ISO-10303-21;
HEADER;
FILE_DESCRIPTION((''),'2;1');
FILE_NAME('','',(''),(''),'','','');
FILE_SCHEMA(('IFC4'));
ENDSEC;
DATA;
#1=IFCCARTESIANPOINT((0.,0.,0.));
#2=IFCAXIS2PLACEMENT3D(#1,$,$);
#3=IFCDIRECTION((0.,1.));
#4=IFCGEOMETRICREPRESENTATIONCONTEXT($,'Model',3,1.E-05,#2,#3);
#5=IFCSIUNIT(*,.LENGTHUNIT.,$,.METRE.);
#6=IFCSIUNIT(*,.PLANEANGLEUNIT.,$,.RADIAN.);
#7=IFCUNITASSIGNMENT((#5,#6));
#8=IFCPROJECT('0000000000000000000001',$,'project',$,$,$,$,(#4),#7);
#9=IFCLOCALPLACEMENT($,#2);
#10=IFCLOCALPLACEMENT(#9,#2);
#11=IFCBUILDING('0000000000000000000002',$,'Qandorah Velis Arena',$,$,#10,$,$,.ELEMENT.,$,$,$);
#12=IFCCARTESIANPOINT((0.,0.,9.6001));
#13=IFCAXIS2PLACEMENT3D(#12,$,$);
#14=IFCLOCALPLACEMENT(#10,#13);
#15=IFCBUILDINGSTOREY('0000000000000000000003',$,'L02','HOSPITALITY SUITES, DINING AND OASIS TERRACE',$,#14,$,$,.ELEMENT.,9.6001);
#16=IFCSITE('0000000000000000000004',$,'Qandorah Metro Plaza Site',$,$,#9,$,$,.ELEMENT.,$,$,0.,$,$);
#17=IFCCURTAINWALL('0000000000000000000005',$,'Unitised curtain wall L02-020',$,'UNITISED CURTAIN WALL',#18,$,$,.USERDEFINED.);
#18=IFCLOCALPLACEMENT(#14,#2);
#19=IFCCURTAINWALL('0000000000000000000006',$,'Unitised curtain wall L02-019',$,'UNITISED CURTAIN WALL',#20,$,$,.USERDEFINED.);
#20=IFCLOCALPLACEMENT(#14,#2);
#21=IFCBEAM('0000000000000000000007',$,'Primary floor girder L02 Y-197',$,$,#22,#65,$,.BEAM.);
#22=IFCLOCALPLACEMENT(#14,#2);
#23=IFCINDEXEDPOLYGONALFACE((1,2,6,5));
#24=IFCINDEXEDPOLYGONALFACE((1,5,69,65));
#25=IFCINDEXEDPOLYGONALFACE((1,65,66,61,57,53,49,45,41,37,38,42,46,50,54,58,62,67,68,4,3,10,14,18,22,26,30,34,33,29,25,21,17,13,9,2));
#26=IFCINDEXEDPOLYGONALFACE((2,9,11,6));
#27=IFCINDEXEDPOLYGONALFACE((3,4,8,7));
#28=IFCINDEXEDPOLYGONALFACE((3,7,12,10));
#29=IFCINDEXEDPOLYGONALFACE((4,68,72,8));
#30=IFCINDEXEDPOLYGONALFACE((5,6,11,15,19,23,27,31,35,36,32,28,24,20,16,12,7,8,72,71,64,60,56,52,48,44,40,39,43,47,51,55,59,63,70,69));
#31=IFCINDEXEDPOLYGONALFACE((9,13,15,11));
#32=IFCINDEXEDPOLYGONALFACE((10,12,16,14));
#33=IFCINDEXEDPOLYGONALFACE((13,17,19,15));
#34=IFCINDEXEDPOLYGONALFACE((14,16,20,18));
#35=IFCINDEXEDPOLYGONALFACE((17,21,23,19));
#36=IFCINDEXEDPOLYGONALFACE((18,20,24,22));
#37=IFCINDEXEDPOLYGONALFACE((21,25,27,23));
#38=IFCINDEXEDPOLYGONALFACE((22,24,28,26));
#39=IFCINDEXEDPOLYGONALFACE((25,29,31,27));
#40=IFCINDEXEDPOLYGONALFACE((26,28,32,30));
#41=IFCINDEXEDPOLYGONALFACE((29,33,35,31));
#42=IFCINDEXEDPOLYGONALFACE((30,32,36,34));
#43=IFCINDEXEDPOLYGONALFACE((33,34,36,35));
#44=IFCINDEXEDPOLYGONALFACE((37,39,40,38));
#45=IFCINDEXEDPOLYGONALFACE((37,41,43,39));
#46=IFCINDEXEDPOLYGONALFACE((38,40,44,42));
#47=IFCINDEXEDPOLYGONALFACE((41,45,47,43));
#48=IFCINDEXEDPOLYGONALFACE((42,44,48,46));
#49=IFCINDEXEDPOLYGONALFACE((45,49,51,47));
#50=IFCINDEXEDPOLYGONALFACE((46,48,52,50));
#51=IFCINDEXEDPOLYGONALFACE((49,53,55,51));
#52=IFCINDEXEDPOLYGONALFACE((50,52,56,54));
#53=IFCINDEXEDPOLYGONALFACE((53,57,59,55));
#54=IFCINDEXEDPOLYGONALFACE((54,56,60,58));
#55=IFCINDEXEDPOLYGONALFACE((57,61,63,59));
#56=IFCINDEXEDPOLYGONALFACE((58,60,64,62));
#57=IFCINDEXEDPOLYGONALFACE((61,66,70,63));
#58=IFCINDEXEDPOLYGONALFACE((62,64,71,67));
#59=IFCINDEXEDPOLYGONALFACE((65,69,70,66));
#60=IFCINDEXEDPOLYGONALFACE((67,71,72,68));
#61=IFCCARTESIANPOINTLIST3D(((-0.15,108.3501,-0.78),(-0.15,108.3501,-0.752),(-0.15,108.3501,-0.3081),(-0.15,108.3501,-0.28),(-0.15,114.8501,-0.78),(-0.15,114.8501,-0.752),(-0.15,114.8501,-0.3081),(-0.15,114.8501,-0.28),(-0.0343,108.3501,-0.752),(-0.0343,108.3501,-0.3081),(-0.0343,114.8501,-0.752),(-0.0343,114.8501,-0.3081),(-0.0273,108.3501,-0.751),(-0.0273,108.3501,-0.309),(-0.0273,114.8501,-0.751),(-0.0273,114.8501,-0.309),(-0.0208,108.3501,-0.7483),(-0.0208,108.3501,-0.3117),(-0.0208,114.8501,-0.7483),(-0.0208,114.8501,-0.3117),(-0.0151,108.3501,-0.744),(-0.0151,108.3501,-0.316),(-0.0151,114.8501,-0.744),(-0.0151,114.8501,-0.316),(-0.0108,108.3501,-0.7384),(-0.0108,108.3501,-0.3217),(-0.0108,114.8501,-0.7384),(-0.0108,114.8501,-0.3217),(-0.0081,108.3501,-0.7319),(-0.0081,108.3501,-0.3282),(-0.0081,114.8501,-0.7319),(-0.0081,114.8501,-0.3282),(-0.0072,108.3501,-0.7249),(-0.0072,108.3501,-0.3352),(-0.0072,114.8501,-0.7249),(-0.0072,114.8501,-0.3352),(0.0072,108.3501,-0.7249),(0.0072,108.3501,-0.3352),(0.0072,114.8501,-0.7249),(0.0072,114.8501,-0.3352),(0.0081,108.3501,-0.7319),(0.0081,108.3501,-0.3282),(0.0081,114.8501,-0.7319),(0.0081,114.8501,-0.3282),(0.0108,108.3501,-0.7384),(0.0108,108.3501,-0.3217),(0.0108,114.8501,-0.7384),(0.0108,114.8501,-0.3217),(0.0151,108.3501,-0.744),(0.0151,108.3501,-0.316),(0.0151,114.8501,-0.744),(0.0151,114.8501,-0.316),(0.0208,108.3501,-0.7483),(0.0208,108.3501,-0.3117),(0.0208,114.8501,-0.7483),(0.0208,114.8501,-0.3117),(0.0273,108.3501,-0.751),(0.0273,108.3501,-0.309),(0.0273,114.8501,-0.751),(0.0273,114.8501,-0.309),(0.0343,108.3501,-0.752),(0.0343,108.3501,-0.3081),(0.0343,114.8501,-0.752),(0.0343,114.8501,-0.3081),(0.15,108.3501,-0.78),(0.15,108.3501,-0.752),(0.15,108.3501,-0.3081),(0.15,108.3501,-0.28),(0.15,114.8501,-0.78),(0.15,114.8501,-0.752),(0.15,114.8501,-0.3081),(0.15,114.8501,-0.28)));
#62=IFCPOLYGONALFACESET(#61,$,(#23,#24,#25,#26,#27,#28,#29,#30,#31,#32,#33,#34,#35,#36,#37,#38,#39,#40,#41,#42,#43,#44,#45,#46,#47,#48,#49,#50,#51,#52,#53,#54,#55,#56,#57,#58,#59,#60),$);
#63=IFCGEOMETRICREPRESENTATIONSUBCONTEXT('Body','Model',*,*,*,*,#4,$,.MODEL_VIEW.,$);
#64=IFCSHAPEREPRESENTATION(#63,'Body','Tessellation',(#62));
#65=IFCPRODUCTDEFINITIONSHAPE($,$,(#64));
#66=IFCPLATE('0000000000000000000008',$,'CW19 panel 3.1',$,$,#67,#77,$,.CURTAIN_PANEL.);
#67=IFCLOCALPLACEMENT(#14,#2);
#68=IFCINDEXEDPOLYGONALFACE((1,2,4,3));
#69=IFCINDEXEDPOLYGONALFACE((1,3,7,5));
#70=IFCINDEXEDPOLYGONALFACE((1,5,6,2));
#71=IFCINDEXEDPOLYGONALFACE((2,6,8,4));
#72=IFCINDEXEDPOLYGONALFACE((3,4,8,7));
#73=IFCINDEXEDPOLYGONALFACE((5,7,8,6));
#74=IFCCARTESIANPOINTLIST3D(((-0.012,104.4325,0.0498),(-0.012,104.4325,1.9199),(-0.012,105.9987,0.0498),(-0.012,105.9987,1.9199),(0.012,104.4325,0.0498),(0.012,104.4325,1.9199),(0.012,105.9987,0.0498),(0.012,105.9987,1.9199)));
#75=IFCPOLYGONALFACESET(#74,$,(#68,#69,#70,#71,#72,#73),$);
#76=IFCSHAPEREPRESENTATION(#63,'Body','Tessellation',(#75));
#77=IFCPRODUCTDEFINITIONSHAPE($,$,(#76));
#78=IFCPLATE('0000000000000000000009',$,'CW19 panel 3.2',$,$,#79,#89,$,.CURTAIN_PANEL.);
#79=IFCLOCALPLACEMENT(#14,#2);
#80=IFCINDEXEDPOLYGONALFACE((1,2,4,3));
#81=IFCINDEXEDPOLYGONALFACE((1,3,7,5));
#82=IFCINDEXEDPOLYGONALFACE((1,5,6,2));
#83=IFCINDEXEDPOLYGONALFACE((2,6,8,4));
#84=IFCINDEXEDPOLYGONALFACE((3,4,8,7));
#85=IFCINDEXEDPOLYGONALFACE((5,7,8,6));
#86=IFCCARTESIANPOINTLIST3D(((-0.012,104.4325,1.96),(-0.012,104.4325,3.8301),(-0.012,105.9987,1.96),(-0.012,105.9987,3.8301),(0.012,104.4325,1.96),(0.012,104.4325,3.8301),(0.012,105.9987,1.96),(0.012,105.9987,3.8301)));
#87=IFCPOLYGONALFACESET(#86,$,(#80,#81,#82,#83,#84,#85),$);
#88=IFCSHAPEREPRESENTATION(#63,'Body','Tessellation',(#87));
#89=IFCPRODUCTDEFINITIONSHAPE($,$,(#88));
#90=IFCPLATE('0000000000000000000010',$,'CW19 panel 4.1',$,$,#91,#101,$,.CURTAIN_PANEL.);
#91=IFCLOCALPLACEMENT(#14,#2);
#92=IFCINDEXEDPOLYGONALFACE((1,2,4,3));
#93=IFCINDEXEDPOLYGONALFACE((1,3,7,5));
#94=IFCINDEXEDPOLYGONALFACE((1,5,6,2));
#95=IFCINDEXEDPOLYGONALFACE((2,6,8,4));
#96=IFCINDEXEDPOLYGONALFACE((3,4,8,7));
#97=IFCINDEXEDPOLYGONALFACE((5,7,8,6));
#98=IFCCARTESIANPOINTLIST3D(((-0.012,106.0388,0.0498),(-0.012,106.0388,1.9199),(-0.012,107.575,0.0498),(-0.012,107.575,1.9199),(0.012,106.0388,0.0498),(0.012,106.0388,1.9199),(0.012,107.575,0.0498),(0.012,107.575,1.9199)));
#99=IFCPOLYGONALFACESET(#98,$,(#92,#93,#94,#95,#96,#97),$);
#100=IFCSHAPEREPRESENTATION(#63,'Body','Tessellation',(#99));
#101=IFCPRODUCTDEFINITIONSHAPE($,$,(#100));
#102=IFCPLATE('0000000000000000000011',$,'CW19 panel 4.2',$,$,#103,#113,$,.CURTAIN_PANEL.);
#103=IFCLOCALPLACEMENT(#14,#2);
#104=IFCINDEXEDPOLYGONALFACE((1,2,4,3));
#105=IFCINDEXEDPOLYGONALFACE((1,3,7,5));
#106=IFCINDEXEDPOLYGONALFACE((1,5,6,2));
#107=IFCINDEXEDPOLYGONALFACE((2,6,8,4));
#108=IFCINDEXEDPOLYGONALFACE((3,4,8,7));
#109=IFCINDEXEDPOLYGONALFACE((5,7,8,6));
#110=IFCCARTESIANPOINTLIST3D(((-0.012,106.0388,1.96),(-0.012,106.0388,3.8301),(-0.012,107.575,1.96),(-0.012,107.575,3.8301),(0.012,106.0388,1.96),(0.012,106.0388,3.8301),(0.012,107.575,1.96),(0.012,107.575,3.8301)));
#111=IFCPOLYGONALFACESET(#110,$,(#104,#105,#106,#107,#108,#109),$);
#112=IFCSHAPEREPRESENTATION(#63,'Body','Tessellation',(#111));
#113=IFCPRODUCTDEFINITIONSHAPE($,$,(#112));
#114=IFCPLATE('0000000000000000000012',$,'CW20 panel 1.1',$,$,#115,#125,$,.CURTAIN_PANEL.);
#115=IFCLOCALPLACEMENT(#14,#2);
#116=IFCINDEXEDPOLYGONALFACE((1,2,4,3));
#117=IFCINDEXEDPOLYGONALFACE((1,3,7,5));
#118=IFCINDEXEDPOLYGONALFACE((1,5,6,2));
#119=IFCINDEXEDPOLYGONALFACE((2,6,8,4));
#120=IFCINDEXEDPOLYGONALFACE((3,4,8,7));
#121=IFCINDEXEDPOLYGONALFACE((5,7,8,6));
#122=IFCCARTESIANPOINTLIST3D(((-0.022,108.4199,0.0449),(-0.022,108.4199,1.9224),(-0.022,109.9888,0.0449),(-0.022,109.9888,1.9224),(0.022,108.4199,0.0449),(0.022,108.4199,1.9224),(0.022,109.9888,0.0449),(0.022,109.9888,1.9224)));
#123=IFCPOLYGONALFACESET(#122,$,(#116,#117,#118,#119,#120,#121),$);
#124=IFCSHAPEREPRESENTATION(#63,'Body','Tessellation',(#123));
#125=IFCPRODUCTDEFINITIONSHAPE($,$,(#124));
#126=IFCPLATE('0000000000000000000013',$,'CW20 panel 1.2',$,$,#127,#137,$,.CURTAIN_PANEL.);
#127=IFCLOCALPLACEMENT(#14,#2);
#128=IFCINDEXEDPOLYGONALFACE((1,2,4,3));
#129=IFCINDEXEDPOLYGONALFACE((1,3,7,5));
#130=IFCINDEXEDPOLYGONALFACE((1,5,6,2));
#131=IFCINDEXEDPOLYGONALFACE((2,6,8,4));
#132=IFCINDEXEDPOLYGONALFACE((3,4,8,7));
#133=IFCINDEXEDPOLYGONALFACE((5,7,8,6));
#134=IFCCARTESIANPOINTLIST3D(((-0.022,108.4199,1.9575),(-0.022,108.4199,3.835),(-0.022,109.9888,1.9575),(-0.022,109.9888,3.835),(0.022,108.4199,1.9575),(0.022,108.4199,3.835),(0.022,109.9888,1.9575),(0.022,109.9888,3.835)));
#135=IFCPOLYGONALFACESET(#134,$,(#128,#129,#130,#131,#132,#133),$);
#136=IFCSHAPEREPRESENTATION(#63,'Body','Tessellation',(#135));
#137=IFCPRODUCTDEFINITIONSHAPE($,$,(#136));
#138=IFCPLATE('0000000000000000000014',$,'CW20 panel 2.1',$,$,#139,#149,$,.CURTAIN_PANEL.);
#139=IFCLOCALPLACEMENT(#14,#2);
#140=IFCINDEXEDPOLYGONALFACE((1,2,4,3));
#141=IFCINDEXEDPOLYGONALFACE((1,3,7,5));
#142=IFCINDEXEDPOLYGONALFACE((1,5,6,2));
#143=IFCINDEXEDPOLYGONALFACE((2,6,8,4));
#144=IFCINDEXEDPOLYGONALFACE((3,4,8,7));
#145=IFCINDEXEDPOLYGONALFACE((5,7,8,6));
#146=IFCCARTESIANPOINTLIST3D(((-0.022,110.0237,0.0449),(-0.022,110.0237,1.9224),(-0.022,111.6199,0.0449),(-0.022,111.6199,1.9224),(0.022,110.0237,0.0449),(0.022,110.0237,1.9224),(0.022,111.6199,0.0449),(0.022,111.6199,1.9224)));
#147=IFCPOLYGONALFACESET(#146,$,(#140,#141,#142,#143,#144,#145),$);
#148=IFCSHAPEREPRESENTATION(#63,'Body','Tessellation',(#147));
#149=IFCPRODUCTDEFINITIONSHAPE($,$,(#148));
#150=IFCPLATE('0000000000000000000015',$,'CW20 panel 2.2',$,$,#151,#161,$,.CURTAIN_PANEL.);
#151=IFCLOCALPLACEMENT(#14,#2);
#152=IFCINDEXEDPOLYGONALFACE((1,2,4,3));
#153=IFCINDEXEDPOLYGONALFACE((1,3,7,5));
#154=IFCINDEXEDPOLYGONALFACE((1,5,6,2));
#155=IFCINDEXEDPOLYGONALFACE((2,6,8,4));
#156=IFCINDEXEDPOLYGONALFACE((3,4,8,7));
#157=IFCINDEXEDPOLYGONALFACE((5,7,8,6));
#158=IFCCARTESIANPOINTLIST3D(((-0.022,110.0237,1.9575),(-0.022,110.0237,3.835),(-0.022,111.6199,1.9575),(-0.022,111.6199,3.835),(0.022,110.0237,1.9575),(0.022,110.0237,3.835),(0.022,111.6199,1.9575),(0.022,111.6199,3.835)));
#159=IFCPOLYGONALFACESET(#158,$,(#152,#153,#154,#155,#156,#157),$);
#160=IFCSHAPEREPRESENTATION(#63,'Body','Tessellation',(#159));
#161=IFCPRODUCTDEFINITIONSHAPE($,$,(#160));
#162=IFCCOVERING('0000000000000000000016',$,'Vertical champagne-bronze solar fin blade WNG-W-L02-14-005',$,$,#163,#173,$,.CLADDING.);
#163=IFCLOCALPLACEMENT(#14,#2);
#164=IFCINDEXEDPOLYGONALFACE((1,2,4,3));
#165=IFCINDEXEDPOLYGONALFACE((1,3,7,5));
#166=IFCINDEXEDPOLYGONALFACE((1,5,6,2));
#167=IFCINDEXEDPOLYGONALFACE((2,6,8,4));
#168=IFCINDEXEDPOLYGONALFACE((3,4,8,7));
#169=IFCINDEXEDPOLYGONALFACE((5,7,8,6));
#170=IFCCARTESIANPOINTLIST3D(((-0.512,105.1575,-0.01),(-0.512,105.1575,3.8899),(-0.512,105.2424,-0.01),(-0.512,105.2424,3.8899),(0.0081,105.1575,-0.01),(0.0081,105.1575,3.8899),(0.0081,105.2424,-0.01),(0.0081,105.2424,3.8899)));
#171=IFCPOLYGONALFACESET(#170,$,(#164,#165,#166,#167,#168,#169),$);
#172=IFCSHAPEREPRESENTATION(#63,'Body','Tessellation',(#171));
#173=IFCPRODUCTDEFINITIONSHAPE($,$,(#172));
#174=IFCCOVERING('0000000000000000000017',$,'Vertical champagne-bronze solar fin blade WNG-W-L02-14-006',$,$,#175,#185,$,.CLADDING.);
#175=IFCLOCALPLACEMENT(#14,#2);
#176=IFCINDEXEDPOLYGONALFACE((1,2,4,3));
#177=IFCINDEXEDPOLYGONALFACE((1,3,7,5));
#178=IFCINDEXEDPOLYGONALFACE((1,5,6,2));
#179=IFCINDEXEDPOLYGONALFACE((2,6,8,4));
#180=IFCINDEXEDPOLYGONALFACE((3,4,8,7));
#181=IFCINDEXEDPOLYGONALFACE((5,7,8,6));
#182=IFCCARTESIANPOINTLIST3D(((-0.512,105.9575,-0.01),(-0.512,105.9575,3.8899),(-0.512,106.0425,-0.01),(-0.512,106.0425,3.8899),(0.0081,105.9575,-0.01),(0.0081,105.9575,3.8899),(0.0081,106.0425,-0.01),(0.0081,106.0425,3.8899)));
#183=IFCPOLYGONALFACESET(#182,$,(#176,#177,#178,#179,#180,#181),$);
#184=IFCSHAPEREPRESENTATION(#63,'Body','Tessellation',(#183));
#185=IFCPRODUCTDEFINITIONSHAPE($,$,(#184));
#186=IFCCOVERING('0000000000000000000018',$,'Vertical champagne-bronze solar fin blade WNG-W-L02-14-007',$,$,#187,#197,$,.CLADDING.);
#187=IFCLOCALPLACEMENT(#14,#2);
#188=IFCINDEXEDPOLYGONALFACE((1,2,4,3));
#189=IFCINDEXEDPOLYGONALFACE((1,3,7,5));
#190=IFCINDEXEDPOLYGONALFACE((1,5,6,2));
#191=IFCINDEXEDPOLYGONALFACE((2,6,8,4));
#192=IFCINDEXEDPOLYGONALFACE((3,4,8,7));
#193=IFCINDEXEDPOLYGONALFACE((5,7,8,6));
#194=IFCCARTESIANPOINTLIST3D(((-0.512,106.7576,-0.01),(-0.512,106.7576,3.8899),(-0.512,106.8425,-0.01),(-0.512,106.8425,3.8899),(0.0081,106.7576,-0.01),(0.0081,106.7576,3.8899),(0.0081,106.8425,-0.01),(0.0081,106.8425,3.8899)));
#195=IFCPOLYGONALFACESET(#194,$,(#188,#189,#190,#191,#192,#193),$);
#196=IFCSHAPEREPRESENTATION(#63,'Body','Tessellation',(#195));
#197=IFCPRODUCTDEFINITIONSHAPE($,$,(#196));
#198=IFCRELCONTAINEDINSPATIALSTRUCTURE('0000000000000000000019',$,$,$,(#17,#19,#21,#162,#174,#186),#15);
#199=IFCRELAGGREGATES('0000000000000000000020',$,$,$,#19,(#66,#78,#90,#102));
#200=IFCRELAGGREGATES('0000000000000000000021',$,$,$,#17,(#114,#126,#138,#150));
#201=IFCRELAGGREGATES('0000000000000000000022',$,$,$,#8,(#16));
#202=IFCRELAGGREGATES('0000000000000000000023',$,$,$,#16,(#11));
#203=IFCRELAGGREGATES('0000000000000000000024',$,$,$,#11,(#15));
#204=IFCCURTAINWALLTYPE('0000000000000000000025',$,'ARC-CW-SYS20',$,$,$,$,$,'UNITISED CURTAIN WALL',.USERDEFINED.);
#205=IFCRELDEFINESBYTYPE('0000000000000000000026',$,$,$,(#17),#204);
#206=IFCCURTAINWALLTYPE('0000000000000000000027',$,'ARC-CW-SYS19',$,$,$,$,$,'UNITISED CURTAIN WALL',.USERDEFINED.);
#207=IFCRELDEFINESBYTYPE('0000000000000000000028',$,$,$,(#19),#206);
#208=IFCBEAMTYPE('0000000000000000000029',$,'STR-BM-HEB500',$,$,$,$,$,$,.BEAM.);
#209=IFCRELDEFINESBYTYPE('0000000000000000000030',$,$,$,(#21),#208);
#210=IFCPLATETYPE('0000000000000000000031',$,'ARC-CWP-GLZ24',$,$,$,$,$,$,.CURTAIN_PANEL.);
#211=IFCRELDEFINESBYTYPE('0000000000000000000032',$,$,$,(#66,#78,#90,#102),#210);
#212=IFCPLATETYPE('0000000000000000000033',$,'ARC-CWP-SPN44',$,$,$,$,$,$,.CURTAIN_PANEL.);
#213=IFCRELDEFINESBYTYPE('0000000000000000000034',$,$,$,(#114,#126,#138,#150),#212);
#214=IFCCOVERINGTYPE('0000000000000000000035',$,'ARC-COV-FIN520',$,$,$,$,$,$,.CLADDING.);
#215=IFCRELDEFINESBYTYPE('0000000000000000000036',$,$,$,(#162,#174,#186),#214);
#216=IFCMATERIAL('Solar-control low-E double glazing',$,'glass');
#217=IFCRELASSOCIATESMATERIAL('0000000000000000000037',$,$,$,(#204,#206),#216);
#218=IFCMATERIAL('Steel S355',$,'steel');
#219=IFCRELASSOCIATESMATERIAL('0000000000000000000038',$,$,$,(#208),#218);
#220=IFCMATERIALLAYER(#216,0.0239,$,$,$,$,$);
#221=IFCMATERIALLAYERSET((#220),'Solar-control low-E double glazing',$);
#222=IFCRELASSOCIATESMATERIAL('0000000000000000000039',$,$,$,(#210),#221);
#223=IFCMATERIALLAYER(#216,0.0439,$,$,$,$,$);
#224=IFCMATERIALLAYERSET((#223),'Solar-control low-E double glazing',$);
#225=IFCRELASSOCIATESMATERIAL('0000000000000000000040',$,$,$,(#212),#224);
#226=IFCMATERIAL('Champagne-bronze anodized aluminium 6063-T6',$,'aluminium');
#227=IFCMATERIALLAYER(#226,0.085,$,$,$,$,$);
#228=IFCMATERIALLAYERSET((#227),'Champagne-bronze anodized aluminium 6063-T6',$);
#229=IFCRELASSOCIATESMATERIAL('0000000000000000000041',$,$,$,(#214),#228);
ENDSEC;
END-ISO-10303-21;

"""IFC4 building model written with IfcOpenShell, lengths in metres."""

from ifc_helpers import new_model, si_unit, direction, frame, origin, origin_2d, place, context, subcontext, project, spatial, rectangle, i_section, extrude, material, layer, layer_set, material_profile, profile_set, type_object, element, aggregate, save


model = new_model("IFC4")

# Units and contexts
model_context = context("Model", 3, precision=1e-05, world=origin(), true_north=direction((0.0, 1.0)))
body_context = subcontext(model_context, "Body", "Model", "MODEL_VIEW")
ifc_project = project(units=[si_unit("LENGTHUNIT", "METRE"), si_unit("PLANEANGLEUNIT", "RADIAN")], contexts=[model_context])

# Site, building, storey
site_placement = place(None, origin())
site = spatial("IfcSite", under=ifc_project, at=site_placement, Name="Qandorah Metro Plaza Site", CompositionType="ELEMENT", RefElevation=0.0)
building_placement = place(site_placement, origin())
building = spatial("IfcBuilding", under=site, at=building_placement, Name="Qandorah Velis Arena", CompositionType="ELEMENT")
storey_placement = place(building_placement, frame((0.0, 0.0, 9.6001)))
storey = spatial("IfcBuildingStorey", under=building, at=storey_placement, Name="L02", Description="HOSPITALITY SUITES, DINING AND OASIS TERRACE", CompositionType="ELEMENT", Elevation=9.6001)

# Curtain walls
ifc_material_1 = material(Name="Solar-control low-E double glazing", Category="glass")
curtain_wall_type_1 = type_object("IfcCurtainWallType", Name="ARC-CW-SYS20", ElementType="UNITISED CURTAIN WALL", PredefinedType="USERDEFINED", material=ifc_material_1)
curtain_wall_1_placement = place(storey_placement, origin())
curtain_wall_1 = element("IfcCurtainWall", 1, at=curtain_wall_1_placement, inside=storey, type_object=curtain_wall_type_1, Name="Unitised curtain wall L02-020", ObjectType="UNITISED CURTAIN WALL", PredefinedType="USERDEFINED")
ifc_material_2 = material(Name="Champagne-bronze anodized aluminium 6063-T6", Category="aluminium")
curtain_wall_type_2 = type_object("IfcCurtainWallType", Name="ARC-CW-SYS19", ElementType="UNITISED CURTAIN WALL", PredefinedType="USERDEFINED", material=ifc_material_1)
curtain_wall_2_placement = place(storey_placement, origin())
curtain_wall_2 = element("IfcCurtainWall", 2, at=curtain_wall_2_placement, inside=storey, type_object=curtain_wall_type_2, Name="Unitised curtain wall L02-019", ObjectType="UNITISED CURTAIN WALL", PredefinedType="USERDEFINED")

# Beam
ifc_material_3 = material(Name="Steel S355", Category="steel")
ifc_material_profile_1 = material_profile(ifc_material_3, i_section(OverallWidth=0.3, OverallDepth=0.5, WebThickness=0.0144, FlangeThickness=0.0281, FilletRadius=0.0271, at=origin_2d()), Name="HEB 500")
ifc_profile_set_1 = profile_set([ifc_material_profile_1], Name="Steel S355")
beam_type = type_object("IfcBeamType", Name="STR-BM-HEB500", PredefinedType="BEAM", material=ifc_profile_set_1)
beam_placement = place(storey_placement, frame((0.0, 108.3501, -0.53), z_axis=(0.0, 1.0, 0.0), x_axis=(-1.0, 0.0, 0.0)))
element("IfcBeam", 3, at=beam_placement, inside=storey, type_object=beam_type, Name="Primary floor girder L02 Y-197", PredefinedType="BEAM", context=body_context, shape_type="SweptSolid", body=[
    extrude(i_section(OverallWidth=0.3, OverallDepth=0.5, WebThickness=0.0144, FlangeThickness=0.0281, FilletRadius=0.0271, at=origin_2d()), origin(), (0.0, 0.0, 1.0), 6.5),
])

# Plates
ifc_layer_1 = layer(ifc_material_1, 0.0239)
ifc_layer_set_1 = layer_set([ifc_layer_1], Name="Solar-control low-E double glazing")
plate_type_1 = type_object("IfcPlateType", Name="ARC-CWP-GLZ24", PredefinedType="CURTAIN_PANEL", material=ifc_layer_set_1)
plate_1_placement = place(storey_placement, frame((0.0, 105.2156, 0.0498), z_axis=(0.0, 0.0, 1.0), x_axis=(0.0, 1.0, 0.0)))
plate_1 = element("IfcPlate", 4, at=plate_1_placement, type_object=plate_type_1, Name="CW19 panel 3.1", PredefinedType="CURTAIN_PANEL", context=body_context, shape_type="SweptSolid", body=[
    extrude(rectangle(XDim=1.5662, YDim=0.0239, at=origin_2d()), origin(), (0.0, 0.0, 1.0), 1.8701),
])
plate_2_placement = place(storey_placement, frame((0.0, 105.2156, 1.96), z_axis=(0.0, 0.0, 1.0), x_axis=(0.0, 1.0, 0.0)))
plate_2 = element("IfcPlate", 5, at=plate_2_placement, type_object=plate_type_1, Name="CW19 panel 3.2", PredefinedType="CURTAIN_PANEL", context=body_context, shape_type="SweptSolid", body=[
    extrude(rectangle(XDim=1.5662, YDim=0.0239, at=origin_2d()), origin(), (0.0, 0.0, 1.0), 1.8701),
])
plate_3_placement = place(storey_placement, frame((0.0, 106.8069, 0.0498), z_axis=(0.0, 0.0, 1.0), x_axis=(0.0, 1.0, 0.0)))
plate_3 = element("IfcPlate", 6, at=plate_3_placement, type_object=plate_type_1, Name="CW19 panel 4.1", PredefinedType="CURTAIN_PANEL", context=body_context, shape_type="SweptSolid", body=[
    extrude(rectangle(XDim=1.5361, YDim=0.0239, at=origin_2d()), origin(), (0.0, 0.0, 1.0), 1.8701),
])
plate_4_placement = place(storey_placement, frame((0.0, 106.8069, 1.96), z_axis=(0.0, 0.0, 1.0), x_axis=(0.0, 1.0, 0.0)))
plate_4 = element("IfcPlate", 7, at=plate_4_placement, type_object=plate_type_1, Name="CW19 panel 4.2", PredefinedType="CURTAIN_PANEL", context=body_context, shape_type="SweptSolid", body=[
    extrude(rectangle(XDim=1.5361, YDim=0.0239, at=origin_2d()), origin(), (0.0, 0.0, 1.0), 1.8701),
])
aggregate(curtain_wall_2, [plate_1, plate_2, plate_3, plate_4])
ifc_layer_2 = layer(ifc_material_1, 0.0439)
ifc_layer_set_2 = layer_set([ifc_layer_2], Name="Solar-control low-E double glazing")
plate_type_2 = type_object("IfcPlateType", Name="ARC-CWP-SPN44", PredefinedType="CURTAIN_PANEL", material=ifc_layer_set_2)
plate_5_placement = place(storey_placement, frame((0.0, 109.2043, 0.0449), z_axis=(0.0, 0.0, 1.0), x_axis=(0.0, 1.0, 0.0)))
plate_5 = element("IfcPlate", 8, at=plate_5_placement, type_object=plate_type_2, Name="CW20 panel 1.1", PredefinedType="CURTAIN_PANEL", context=body_context, shape_type="SweptSolid", body=[
    extrude(rectangle(XDim=1.5688, YDim=0.0439, at=origin_2d()), origin(), (0.0, 0.0, 1.0), 1.8774),
])
plate_6_placement = place(storey_placement, frame((0.0, 109.2043, 1.9575), z_axis=(0.0, 0.0, 1.0), x_axis=(0.0, 1.0, 0.0)))
plate_6 = element("IfcPlate", 9, at=plate_6_placement, type_object=plate_type_2, Name="CW20 panel 1.2", PredefinedType="CURTAIN_PANEL", context=body_context, shape_type="SweptSolid", body=[
    extrude(rectangle(XDim=1.5688, YDim=0.0439, at=origin_2d()), origin(), (0.0, 0.0, 1.0), 1.8774),
])
plate_7_placement = place(storey_placement, frame((0.0, 110.8218, 0.0449), z_axis=(0.0, 0.0, 1.0), x_axis=(0.0, 1.0, 0.0)))
plate_7 = element("IfcPlate", 10, at=plate_7_placement, type_object=plate_type_2, Name="CW20 panel 2.1", PredefinedType="CURTAIN_PANEL", context=body_context, shape_type="SweptSolid", body=[
    extrude(rectangle(XDim=1.5962, YDim=0.0439, at=origin_2d()), origin(), (0.0, 0.0, 1.0), 1.8774),
])
plate_8_placement = place(storey_placement, frame((0.0, 110.8218, 1.9575), z_axis=(0.0, 0.0, 1.0), x_axis=(0.0, 1.0, 0.0)))
plate_8 = element("IfcPlate", 11, at=plate_8_placement, type_object=plate_type_2, Name="CW20 panel 2.2", PredefinedType="CURTAIN_PANEL", context=body_context, shape_type="SweptSolid", body=[
    extrude(rectangle(XDim=1.5962, YDim=0.0439, at=origin_2d()), origin(), (0.0, 0.0, 1.0), 1.8774),
])
aggregate(curtain_wall_1, [plate_5, plate_6, plate_7, plate_8])

# Coverings
ifc_layer_3 = layer(ifc_material_2, 0.085)
ifc_layer_set_3 = layer_set([ifc_layer_3], Name="Champagne-bronze anodized aluminium 6063-T6")
covering_type = type_object("IfcCoveringType", Name="ARC-COV-FIN520", PredefinedType="CLADDING", material=ifc_layer_set_3)
for number, where, z_axis, x_axis, name in (
    (12, (-0.252, 105.2, -0.01), (0.0, 0.0, 1.0), (1.0, 0.0, 0.0), "Vertical champagne-bronze solar fin blade WNG-W-L02-14-005"),
    (13, (-0.252, 106.0, -0.01), (0.0, 0.0, 1.0), (1.0, 0.0, 0.0), "Vertical champagne-bronze solar fin blade WNG-W-L02-14-006"),
    (14, (-0.252, 106.8, -0.01), (0.0, 0.0, 1.0), (1.0, 0.0, 0.0), "Vertical champagne-bronze solar fin blade WNG-W-L02-14-007"),
):
    element("IfcCovering", number, at=place(storey_placement, frame(where, z_axis=z_axis, x_axis=x_axis)), inside=storey, type_object=covering_type, Name=name, PredefinedType="CLADDING", context=body_context, shape_type="SweptSolid", body=[
        extrude(rectangle(XDim=0.52, YDim=0.085, at=origin_2d()), origin(), (0.0, 0.0, 1.0), 3.8999),
    ])

save(model, "model.ifc")
